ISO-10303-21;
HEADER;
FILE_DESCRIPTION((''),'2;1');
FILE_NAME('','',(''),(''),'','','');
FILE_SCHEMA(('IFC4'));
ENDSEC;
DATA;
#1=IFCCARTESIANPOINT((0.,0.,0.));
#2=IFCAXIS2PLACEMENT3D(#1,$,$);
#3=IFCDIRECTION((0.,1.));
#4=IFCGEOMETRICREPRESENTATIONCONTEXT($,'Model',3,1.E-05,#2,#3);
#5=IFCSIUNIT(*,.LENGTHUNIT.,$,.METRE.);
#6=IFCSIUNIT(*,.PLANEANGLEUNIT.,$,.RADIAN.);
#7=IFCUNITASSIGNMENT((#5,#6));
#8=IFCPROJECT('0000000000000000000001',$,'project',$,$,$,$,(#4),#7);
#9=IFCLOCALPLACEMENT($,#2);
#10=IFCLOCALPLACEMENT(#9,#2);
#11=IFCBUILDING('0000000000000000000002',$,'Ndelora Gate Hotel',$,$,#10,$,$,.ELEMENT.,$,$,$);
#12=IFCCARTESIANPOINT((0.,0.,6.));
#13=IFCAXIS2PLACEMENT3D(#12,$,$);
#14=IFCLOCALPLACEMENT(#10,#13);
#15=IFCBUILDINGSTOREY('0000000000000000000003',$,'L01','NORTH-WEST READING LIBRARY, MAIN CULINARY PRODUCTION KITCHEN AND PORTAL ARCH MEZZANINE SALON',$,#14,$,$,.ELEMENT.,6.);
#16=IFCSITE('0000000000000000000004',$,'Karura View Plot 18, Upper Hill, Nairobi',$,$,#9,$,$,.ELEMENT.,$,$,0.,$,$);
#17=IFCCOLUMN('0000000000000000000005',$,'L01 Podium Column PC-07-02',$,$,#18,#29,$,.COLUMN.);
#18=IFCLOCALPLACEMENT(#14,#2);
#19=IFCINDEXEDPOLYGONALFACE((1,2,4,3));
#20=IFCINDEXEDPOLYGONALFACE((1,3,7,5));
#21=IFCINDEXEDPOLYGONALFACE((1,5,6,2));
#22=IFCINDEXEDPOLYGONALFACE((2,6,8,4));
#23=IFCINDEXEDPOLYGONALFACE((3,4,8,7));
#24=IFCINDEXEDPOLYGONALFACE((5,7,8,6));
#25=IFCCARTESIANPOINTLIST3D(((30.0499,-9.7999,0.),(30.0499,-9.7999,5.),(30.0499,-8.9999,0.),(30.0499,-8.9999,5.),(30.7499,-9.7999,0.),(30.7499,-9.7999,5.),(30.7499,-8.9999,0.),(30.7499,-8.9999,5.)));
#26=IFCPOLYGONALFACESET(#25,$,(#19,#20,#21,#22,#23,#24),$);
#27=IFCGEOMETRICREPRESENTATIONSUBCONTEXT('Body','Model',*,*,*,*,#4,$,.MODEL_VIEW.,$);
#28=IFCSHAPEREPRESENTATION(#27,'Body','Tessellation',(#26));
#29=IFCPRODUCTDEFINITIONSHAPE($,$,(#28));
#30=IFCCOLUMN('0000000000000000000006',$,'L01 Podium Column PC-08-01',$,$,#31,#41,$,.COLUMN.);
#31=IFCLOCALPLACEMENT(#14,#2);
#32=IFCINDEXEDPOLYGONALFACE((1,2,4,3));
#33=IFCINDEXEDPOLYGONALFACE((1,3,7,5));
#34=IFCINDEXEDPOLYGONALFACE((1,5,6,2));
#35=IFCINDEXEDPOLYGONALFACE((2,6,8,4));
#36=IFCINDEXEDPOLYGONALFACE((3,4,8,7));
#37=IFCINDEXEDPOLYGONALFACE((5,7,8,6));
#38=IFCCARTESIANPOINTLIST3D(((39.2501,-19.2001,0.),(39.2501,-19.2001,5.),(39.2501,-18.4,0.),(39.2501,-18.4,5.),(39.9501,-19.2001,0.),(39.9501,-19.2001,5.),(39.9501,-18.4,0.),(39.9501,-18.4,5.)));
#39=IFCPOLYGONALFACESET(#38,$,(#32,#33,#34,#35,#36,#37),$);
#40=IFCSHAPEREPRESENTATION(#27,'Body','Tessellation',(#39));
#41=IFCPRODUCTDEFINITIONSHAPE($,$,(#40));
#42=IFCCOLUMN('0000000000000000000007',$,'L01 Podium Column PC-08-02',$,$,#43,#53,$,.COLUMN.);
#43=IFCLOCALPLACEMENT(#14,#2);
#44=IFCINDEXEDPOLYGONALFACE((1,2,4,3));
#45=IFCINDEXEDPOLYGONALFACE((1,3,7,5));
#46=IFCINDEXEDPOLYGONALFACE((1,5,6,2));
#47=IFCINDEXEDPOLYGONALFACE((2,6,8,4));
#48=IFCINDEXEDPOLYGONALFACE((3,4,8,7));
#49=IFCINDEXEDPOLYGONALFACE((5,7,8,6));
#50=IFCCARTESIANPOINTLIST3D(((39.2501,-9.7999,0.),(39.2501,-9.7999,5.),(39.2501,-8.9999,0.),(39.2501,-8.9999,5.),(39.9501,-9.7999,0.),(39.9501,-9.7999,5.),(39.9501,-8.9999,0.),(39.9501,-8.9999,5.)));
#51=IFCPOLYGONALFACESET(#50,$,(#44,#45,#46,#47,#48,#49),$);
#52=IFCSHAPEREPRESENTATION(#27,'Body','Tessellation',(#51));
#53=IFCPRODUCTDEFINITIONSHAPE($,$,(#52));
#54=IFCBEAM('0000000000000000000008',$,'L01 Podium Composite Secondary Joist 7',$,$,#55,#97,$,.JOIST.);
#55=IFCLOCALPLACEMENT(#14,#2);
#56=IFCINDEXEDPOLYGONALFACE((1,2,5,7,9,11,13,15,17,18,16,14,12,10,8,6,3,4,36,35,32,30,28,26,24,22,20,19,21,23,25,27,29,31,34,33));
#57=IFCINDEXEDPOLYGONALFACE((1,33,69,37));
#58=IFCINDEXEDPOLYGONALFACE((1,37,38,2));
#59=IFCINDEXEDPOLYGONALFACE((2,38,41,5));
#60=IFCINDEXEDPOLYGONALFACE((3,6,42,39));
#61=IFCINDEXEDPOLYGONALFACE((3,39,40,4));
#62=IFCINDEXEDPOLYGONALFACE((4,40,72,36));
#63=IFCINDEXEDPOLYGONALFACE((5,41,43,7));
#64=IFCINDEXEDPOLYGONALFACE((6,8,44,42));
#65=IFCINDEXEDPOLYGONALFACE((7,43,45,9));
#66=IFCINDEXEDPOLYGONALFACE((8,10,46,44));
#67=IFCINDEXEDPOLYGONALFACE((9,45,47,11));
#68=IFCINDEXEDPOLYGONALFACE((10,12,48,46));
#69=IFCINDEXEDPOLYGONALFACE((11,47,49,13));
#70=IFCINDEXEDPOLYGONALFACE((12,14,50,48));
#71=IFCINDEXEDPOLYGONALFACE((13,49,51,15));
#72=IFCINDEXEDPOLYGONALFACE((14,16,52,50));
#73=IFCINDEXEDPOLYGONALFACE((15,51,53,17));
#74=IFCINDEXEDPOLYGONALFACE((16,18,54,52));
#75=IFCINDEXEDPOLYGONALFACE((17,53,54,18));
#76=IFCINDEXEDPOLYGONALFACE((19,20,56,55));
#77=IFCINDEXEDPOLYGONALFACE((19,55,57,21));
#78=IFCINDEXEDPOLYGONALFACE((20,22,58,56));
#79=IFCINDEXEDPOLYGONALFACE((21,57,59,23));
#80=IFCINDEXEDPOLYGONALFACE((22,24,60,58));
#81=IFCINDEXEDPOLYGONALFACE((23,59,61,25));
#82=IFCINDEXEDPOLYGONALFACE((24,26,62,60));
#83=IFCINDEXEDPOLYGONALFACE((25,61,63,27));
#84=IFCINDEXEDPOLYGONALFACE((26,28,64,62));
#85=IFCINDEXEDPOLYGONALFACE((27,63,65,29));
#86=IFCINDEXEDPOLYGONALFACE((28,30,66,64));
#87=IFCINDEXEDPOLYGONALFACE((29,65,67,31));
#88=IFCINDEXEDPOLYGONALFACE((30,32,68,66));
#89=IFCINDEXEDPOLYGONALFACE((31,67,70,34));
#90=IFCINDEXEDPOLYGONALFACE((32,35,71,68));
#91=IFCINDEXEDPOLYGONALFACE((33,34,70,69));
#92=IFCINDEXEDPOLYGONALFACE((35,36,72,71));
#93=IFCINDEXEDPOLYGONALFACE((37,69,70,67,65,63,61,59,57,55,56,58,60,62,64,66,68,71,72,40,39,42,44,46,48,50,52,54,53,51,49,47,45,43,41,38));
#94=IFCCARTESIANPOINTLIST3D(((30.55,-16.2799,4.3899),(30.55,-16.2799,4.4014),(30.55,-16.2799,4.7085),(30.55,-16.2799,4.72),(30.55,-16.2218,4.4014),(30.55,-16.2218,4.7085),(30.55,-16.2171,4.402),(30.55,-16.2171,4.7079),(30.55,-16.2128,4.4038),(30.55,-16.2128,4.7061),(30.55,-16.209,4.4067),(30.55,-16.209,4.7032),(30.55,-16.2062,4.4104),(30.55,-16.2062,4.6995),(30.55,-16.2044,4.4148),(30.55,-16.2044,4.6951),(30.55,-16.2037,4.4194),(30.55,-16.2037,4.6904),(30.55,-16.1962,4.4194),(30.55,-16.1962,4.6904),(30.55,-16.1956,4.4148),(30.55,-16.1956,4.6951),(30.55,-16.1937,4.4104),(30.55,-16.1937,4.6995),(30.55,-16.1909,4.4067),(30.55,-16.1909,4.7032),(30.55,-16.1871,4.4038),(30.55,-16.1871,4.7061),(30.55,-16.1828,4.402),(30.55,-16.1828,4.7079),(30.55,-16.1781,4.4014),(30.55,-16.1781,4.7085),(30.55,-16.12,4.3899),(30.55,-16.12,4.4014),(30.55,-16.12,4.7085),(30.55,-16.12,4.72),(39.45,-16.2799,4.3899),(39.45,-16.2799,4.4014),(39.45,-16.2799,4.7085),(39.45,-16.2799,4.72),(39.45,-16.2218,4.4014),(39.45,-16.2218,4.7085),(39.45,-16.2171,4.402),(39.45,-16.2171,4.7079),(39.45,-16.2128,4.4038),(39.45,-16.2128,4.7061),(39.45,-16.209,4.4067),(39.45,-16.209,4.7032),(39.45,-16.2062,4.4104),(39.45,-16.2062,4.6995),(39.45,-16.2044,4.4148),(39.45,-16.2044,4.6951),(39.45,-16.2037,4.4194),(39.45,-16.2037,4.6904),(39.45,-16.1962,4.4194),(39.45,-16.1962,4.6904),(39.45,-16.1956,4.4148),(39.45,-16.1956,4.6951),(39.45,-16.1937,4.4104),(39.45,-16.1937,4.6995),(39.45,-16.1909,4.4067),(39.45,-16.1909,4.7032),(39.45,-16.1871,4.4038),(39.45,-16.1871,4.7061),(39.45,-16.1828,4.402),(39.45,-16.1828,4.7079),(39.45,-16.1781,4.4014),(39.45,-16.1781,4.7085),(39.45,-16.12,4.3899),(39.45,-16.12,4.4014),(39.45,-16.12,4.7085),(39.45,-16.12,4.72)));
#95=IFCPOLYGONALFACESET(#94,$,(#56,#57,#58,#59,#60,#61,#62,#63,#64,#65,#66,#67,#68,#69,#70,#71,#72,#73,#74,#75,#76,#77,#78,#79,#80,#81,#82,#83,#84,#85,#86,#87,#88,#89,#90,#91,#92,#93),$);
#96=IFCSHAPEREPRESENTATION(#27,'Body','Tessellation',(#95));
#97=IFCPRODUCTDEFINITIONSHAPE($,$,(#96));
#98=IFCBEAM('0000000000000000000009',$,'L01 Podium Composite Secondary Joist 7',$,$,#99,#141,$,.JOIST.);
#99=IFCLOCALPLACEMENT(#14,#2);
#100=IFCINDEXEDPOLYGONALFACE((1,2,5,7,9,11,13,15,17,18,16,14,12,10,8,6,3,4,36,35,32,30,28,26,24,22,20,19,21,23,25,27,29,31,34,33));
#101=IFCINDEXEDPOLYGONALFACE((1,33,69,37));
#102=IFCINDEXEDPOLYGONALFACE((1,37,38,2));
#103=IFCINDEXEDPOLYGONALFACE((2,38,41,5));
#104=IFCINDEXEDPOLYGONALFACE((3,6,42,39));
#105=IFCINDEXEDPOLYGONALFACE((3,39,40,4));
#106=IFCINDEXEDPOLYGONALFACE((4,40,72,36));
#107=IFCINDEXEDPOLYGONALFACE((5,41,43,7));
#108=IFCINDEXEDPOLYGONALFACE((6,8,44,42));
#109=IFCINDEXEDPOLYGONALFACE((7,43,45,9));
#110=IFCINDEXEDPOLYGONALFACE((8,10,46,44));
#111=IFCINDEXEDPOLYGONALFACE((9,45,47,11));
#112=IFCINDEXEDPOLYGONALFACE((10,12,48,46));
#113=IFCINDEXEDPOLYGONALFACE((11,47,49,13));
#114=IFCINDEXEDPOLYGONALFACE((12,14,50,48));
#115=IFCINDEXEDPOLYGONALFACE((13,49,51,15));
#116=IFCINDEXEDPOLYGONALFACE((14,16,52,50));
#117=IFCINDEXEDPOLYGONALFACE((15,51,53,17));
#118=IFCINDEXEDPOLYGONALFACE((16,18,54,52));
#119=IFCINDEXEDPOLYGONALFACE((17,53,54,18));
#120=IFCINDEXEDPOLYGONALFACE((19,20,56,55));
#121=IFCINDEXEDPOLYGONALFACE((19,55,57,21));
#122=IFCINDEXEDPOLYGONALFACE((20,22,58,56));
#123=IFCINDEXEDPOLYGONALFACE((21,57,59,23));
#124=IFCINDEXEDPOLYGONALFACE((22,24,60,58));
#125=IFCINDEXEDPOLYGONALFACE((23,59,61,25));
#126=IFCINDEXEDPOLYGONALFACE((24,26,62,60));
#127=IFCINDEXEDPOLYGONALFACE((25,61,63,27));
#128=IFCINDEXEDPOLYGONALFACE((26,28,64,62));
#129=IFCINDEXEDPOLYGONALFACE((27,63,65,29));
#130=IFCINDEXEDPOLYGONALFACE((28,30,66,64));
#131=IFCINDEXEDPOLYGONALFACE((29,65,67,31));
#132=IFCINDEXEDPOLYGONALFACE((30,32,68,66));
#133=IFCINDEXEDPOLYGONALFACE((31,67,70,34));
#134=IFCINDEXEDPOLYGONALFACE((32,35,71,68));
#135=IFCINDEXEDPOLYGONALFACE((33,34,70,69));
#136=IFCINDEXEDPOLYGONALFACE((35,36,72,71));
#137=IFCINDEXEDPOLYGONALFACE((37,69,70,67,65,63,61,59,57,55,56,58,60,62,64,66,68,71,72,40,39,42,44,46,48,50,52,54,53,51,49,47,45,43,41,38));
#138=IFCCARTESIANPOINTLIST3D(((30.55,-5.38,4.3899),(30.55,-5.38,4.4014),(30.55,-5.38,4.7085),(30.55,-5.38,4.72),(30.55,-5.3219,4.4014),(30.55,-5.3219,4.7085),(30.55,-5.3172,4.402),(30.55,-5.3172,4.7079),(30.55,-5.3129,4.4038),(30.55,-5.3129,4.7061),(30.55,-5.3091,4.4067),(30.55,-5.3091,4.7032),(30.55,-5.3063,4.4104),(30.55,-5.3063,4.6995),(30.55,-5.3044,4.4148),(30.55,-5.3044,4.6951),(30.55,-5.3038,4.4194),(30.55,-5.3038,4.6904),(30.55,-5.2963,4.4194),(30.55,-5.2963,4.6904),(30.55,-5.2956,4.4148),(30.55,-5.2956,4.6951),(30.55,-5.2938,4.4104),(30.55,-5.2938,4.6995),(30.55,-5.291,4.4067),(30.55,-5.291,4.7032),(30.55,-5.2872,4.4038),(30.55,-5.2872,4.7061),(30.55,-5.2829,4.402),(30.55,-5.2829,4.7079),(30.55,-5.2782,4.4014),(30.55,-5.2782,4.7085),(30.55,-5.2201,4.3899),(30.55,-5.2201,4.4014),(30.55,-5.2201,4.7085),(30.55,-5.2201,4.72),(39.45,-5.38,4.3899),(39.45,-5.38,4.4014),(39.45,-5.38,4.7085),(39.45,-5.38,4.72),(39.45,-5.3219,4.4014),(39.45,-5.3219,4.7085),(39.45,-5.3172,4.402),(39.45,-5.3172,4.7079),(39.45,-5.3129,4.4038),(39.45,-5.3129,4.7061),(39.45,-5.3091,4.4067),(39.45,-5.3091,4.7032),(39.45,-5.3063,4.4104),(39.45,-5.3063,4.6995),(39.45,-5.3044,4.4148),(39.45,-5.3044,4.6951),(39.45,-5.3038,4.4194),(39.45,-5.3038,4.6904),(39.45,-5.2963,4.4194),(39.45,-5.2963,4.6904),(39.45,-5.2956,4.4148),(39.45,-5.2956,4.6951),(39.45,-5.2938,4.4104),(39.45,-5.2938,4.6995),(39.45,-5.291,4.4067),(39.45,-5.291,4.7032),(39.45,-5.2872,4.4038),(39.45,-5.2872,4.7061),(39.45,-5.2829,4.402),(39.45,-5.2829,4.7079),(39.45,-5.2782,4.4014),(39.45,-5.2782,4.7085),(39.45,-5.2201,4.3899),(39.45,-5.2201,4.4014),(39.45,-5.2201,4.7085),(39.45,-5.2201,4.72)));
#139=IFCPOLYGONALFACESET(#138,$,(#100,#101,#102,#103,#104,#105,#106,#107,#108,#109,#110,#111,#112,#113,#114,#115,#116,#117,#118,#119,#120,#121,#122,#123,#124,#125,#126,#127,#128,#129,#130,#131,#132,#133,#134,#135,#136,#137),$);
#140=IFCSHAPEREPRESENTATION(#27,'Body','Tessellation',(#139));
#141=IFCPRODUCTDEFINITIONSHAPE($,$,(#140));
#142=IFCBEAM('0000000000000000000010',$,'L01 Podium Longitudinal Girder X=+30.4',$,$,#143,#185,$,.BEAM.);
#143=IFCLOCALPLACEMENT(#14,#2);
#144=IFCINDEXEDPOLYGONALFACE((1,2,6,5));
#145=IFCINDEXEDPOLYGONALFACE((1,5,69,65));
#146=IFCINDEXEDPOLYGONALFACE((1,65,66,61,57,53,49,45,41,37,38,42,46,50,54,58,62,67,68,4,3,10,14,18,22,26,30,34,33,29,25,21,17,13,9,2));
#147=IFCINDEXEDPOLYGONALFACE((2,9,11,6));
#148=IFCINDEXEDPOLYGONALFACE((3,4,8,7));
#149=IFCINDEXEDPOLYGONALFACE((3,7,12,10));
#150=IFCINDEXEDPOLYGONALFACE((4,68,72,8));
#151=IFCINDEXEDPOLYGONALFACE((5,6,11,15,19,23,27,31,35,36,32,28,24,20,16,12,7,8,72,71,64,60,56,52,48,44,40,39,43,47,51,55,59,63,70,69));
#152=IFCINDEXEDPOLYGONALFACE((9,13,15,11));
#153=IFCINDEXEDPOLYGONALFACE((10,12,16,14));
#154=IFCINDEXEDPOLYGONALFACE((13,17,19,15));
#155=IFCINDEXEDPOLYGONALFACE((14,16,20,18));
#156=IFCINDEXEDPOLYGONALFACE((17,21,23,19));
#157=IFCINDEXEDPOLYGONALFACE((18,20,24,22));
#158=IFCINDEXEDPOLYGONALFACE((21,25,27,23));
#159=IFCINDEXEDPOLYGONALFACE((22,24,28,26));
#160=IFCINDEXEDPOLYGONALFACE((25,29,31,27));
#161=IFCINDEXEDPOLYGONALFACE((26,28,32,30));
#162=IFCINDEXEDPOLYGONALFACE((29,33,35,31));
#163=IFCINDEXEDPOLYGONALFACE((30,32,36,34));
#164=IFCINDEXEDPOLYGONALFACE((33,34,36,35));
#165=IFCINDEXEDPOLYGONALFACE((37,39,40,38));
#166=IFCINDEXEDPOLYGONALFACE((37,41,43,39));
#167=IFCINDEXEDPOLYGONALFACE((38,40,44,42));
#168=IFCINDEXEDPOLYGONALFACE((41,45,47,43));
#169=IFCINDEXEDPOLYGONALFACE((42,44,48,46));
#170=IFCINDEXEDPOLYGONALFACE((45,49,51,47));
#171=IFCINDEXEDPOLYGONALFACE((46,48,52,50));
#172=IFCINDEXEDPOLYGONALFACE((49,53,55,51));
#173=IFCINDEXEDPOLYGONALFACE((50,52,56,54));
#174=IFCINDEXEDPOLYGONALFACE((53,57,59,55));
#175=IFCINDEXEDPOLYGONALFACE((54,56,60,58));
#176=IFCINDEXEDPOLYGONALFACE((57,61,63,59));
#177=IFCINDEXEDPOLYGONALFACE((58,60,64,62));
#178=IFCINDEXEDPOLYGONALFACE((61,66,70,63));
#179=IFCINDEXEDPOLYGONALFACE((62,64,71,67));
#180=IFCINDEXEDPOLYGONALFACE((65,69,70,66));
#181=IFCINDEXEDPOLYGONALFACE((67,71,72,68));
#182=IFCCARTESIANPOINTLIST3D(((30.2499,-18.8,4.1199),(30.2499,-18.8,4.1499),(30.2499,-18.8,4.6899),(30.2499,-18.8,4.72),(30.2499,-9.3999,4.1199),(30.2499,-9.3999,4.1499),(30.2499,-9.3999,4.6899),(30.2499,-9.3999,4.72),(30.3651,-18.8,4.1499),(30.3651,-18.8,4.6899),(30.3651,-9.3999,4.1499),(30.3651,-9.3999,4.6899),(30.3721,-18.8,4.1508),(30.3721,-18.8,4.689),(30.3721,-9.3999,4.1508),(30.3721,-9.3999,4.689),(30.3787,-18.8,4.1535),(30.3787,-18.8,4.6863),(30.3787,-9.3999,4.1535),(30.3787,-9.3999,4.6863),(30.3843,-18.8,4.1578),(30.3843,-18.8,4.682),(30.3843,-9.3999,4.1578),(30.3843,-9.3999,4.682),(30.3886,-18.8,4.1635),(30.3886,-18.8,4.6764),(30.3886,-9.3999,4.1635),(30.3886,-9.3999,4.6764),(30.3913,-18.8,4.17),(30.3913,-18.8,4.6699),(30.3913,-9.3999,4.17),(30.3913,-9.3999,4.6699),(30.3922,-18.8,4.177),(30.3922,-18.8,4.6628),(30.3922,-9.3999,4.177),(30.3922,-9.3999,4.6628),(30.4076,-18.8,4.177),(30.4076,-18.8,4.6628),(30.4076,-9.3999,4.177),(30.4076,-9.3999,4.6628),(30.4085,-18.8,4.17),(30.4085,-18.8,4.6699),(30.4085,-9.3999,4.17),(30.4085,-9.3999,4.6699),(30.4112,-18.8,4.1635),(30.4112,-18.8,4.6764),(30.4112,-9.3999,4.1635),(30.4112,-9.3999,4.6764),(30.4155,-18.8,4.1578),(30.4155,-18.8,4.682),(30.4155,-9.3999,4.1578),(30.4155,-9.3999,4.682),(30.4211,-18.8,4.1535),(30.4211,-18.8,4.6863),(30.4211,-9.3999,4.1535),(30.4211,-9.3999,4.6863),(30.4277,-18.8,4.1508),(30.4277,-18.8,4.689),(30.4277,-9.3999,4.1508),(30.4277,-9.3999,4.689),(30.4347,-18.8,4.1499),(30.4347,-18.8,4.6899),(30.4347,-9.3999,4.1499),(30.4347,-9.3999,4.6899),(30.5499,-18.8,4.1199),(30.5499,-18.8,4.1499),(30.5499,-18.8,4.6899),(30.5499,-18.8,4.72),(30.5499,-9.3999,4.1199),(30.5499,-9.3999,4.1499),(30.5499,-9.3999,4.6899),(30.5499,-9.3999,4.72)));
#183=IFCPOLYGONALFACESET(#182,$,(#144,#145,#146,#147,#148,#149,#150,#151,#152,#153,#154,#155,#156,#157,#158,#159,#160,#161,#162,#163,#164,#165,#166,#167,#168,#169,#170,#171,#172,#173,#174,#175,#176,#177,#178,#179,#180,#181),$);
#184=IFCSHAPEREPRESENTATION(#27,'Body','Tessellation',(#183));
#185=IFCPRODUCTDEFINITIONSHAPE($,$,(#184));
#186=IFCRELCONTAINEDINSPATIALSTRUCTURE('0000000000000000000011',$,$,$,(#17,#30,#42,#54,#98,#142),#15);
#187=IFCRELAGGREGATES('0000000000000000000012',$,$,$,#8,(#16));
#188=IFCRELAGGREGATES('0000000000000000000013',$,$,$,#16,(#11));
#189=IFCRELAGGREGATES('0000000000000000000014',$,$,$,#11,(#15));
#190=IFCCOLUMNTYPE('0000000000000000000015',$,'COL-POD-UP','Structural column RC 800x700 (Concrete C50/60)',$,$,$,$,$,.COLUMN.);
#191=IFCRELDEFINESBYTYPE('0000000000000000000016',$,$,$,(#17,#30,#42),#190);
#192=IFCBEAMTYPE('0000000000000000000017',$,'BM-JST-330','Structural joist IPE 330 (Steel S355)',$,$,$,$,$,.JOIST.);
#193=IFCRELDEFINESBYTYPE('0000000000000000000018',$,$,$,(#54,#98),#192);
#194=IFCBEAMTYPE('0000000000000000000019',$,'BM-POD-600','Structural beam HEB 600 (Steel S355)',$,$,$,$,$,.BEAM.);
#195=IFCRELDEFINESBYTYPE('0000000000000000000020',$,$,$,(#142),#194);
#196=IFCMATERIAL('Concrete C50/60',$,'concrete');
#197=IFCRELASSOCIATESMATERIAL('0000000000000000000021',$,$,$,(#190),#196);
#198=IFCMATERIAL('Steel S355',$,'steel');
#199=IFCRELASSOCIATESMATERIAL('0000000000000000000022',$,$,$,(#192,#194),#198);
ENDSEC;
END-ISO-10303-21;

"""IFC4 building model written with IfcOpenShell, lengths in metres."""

from ifc_helpers import new_model, si_unit, direction, frame, origin, origin_2d, place, context, subcontext, project, spatial, rectangle, i_section, extrude, material, material_profile, profile_set, type_object, element, save


model = new_model("IFC4")

# Units and contexts
model_context = context("Model", 3, precision=1e-05, world=origin(), true_north=direction((0.0, 1.0)))
body_context = subcontext(model_context, "Body", "Model", "MODEL_VIEW")
ifc_project = project(units=[si_unit("LENGTHUNIT", "METRE"), si_unit("PLANEANGLEUNIT", "RADIAN")], contexts=[model_context])

# Site, building, storey
site_placement = place(None, origin())
site = spatial("IfcSite", under=ifc_project, at=site_placement, Name="Karura View Plot 18, Upper Hill, Nairobi", CompositionType="ELEMENT", RefElevation=0.0)
building_placement = place(site_placement, origin())
building = spatial("IfcBuilding", under=site, at=building_placement, Name="Ndelora Gate Hotel", CompositionType="ELEMENT")
storey_placement = place(building_placement, frame((0.0, 0.0, 6.0)))
storey = spatial("IfcBuildingStorey", under=building, at=storey_placement, Name="L01", Description="NORTH-WEST READING LIBRARY, MAIN CULINARY PRODUCTION KITCHEN AND PORTAL ARCH MEZZANINE SALON", CompositionType="ELEMENT", Elevation=6.0)

# Columns
ifc_material_1 = material(Name="Concrete C50/60", Category="concrete")
ifc_material_profile_1 = material_profile(ifc_material_1, rectangle(XDim=0.7, YDim=0.8, at=origin_2d()), Name="RC 800x700")
ifc_profile_set_1 = profile_set([ifc_material_profile_1], Name="Concrete C50/60")
column_type = type_object("IfcColumnType", Name="COL-POD-UP", Description="Structural column RC 800x700 (Concrete C50/60)", PredefinedType="COLUMN", material=ifc_profile_set_1)
for number, where, z_axis, x_axis, name in (
    (1, (30.3999, -9.3999, 0.0), (0.0, 0.0, 1.0), (1.0, 0.0, 0.0), "L01 Podium Column PC-07-02"),
    (2, (39.6001, -18.8, 0.0), (0.0, 0.0, 1.0), (1.0, 0.0, 0.0), "L01 Podium Column PC-08-01"),
    (3, (39.6001, -9.3999, 0.0), (0.0, 0.0, 1.0), (1.0, 0.0, 0.0), "L01 Podium Column PC-08-02"),
):
    element("IfcColumn", number, at=place(storey_placement, frame(where, z_axis=z_axis, x_axis=x_axis)), inside=storey, type_object=column_type, Name=name, PredefinedType="COLUMN", context=body_context, shape_type="SweptSolid", body=[
        extrude(rectangle(XDim=0.7, YDim=0.8, at=origin_2d()), origin(), (0.0, 0.0, 1.0), 5.0),
    ])

# Beams
ifc_material_2 = material(Name="Steel S355", Category="steel")
ifc_material_profile_2 = material_profile(ifc_material_2, i_section(OverallWidth=0.1599, OverallDepth=0.3301, WebThickness=0.0076, FlangeThickness=0.0115, FilletRadius=0.0181, at=origin_2d()), Name="IPE 330")
ifc_profile_set_2 = profile_set([ifc_material_profile_2], Name="Steel S355")
beam_type_1 = type_object("IfcBeamType", Name="BM-JST-330", Description="Structural joist IPE 330 (Steel S355)", PredefinedType="JOIST", material=ifc_profile_set_2)
for number, where, z_axis, x_axis, name in (
    (4, (30.55, -16.2, 4.5549), (1.0, 0.0, 0.0), (0.0, 1.0, 0.0), "L01 Podium Composite Secondary Joist 7"),
    (5, (30.55, -5.3, 4.5549), (1.0, 0.0, 0.0), (0.0, 1.0, 0.0), "L01 Podium Composite Secondary Joist 7"),
):
    element("IfcBeam", number, at=place(storey_placement, frame(where, z_axis=z_axis, x_axis=x_axis)), inside=storey, type_object=beam_type_1, Name=name, PredefinedType="JOIST", context=body_context, shape_type="SweptSolid", body=[
        extrude(i_section(OverallWidth=0.1599, OverallDepth=0.3301, WebThickness=0.0076, FlangeThickness=0.0115, FilletRadius=0.0181, at=origin_2d()), origin(), (0.0, 0.0, 1.0), 8.8999),
    ])
ifc_material_profile_3 = material_profile(ifc_material_2, i_section(OverallWidth=0.3, OverallDepth=0.6001, WebThickness=0.0154, FlangeThickness=0.03, FilletRadius=0.0271, at=origin_2d()), Name="HEB 600")
ifc_profile_set_3 = profile_set([ifc_material_profile_3], Name="Steel S355")
beam_type_2 = type_object("IfcBeamType", Name="BM-POD-600", Description="Structural beam HEB 600 (Steel S355)", PredefinedType="BEAM", material=ifc_profile_set_3)
beam_1_placement = place(storey_placement, frame((30.3999, -18.8, 4.4199), z_axis=(0.0, 1.0, 0.0), x_axis=(-1.0, 0.0, 0.0)))
element("IfcBeam", 6, at=beam_1_placement, inside=storey, type_object=beam_type_2, Name="L01 Podium Longitudinal Girder X=+30.4", PredefinedType="BEAM", context=body_context, shape_type="SweptSolid", body=[
    extrude(i_section(OverallWidth=0.3, OverallDepth=0.6001, WebThickness=0.0154, FlangeThickness=0.03, FilletRadius=0.0271, at=origin_2d()), origin(), (0.0, 0.0, 1.0), 9.4001),
])

save(model, "model.ifc")
